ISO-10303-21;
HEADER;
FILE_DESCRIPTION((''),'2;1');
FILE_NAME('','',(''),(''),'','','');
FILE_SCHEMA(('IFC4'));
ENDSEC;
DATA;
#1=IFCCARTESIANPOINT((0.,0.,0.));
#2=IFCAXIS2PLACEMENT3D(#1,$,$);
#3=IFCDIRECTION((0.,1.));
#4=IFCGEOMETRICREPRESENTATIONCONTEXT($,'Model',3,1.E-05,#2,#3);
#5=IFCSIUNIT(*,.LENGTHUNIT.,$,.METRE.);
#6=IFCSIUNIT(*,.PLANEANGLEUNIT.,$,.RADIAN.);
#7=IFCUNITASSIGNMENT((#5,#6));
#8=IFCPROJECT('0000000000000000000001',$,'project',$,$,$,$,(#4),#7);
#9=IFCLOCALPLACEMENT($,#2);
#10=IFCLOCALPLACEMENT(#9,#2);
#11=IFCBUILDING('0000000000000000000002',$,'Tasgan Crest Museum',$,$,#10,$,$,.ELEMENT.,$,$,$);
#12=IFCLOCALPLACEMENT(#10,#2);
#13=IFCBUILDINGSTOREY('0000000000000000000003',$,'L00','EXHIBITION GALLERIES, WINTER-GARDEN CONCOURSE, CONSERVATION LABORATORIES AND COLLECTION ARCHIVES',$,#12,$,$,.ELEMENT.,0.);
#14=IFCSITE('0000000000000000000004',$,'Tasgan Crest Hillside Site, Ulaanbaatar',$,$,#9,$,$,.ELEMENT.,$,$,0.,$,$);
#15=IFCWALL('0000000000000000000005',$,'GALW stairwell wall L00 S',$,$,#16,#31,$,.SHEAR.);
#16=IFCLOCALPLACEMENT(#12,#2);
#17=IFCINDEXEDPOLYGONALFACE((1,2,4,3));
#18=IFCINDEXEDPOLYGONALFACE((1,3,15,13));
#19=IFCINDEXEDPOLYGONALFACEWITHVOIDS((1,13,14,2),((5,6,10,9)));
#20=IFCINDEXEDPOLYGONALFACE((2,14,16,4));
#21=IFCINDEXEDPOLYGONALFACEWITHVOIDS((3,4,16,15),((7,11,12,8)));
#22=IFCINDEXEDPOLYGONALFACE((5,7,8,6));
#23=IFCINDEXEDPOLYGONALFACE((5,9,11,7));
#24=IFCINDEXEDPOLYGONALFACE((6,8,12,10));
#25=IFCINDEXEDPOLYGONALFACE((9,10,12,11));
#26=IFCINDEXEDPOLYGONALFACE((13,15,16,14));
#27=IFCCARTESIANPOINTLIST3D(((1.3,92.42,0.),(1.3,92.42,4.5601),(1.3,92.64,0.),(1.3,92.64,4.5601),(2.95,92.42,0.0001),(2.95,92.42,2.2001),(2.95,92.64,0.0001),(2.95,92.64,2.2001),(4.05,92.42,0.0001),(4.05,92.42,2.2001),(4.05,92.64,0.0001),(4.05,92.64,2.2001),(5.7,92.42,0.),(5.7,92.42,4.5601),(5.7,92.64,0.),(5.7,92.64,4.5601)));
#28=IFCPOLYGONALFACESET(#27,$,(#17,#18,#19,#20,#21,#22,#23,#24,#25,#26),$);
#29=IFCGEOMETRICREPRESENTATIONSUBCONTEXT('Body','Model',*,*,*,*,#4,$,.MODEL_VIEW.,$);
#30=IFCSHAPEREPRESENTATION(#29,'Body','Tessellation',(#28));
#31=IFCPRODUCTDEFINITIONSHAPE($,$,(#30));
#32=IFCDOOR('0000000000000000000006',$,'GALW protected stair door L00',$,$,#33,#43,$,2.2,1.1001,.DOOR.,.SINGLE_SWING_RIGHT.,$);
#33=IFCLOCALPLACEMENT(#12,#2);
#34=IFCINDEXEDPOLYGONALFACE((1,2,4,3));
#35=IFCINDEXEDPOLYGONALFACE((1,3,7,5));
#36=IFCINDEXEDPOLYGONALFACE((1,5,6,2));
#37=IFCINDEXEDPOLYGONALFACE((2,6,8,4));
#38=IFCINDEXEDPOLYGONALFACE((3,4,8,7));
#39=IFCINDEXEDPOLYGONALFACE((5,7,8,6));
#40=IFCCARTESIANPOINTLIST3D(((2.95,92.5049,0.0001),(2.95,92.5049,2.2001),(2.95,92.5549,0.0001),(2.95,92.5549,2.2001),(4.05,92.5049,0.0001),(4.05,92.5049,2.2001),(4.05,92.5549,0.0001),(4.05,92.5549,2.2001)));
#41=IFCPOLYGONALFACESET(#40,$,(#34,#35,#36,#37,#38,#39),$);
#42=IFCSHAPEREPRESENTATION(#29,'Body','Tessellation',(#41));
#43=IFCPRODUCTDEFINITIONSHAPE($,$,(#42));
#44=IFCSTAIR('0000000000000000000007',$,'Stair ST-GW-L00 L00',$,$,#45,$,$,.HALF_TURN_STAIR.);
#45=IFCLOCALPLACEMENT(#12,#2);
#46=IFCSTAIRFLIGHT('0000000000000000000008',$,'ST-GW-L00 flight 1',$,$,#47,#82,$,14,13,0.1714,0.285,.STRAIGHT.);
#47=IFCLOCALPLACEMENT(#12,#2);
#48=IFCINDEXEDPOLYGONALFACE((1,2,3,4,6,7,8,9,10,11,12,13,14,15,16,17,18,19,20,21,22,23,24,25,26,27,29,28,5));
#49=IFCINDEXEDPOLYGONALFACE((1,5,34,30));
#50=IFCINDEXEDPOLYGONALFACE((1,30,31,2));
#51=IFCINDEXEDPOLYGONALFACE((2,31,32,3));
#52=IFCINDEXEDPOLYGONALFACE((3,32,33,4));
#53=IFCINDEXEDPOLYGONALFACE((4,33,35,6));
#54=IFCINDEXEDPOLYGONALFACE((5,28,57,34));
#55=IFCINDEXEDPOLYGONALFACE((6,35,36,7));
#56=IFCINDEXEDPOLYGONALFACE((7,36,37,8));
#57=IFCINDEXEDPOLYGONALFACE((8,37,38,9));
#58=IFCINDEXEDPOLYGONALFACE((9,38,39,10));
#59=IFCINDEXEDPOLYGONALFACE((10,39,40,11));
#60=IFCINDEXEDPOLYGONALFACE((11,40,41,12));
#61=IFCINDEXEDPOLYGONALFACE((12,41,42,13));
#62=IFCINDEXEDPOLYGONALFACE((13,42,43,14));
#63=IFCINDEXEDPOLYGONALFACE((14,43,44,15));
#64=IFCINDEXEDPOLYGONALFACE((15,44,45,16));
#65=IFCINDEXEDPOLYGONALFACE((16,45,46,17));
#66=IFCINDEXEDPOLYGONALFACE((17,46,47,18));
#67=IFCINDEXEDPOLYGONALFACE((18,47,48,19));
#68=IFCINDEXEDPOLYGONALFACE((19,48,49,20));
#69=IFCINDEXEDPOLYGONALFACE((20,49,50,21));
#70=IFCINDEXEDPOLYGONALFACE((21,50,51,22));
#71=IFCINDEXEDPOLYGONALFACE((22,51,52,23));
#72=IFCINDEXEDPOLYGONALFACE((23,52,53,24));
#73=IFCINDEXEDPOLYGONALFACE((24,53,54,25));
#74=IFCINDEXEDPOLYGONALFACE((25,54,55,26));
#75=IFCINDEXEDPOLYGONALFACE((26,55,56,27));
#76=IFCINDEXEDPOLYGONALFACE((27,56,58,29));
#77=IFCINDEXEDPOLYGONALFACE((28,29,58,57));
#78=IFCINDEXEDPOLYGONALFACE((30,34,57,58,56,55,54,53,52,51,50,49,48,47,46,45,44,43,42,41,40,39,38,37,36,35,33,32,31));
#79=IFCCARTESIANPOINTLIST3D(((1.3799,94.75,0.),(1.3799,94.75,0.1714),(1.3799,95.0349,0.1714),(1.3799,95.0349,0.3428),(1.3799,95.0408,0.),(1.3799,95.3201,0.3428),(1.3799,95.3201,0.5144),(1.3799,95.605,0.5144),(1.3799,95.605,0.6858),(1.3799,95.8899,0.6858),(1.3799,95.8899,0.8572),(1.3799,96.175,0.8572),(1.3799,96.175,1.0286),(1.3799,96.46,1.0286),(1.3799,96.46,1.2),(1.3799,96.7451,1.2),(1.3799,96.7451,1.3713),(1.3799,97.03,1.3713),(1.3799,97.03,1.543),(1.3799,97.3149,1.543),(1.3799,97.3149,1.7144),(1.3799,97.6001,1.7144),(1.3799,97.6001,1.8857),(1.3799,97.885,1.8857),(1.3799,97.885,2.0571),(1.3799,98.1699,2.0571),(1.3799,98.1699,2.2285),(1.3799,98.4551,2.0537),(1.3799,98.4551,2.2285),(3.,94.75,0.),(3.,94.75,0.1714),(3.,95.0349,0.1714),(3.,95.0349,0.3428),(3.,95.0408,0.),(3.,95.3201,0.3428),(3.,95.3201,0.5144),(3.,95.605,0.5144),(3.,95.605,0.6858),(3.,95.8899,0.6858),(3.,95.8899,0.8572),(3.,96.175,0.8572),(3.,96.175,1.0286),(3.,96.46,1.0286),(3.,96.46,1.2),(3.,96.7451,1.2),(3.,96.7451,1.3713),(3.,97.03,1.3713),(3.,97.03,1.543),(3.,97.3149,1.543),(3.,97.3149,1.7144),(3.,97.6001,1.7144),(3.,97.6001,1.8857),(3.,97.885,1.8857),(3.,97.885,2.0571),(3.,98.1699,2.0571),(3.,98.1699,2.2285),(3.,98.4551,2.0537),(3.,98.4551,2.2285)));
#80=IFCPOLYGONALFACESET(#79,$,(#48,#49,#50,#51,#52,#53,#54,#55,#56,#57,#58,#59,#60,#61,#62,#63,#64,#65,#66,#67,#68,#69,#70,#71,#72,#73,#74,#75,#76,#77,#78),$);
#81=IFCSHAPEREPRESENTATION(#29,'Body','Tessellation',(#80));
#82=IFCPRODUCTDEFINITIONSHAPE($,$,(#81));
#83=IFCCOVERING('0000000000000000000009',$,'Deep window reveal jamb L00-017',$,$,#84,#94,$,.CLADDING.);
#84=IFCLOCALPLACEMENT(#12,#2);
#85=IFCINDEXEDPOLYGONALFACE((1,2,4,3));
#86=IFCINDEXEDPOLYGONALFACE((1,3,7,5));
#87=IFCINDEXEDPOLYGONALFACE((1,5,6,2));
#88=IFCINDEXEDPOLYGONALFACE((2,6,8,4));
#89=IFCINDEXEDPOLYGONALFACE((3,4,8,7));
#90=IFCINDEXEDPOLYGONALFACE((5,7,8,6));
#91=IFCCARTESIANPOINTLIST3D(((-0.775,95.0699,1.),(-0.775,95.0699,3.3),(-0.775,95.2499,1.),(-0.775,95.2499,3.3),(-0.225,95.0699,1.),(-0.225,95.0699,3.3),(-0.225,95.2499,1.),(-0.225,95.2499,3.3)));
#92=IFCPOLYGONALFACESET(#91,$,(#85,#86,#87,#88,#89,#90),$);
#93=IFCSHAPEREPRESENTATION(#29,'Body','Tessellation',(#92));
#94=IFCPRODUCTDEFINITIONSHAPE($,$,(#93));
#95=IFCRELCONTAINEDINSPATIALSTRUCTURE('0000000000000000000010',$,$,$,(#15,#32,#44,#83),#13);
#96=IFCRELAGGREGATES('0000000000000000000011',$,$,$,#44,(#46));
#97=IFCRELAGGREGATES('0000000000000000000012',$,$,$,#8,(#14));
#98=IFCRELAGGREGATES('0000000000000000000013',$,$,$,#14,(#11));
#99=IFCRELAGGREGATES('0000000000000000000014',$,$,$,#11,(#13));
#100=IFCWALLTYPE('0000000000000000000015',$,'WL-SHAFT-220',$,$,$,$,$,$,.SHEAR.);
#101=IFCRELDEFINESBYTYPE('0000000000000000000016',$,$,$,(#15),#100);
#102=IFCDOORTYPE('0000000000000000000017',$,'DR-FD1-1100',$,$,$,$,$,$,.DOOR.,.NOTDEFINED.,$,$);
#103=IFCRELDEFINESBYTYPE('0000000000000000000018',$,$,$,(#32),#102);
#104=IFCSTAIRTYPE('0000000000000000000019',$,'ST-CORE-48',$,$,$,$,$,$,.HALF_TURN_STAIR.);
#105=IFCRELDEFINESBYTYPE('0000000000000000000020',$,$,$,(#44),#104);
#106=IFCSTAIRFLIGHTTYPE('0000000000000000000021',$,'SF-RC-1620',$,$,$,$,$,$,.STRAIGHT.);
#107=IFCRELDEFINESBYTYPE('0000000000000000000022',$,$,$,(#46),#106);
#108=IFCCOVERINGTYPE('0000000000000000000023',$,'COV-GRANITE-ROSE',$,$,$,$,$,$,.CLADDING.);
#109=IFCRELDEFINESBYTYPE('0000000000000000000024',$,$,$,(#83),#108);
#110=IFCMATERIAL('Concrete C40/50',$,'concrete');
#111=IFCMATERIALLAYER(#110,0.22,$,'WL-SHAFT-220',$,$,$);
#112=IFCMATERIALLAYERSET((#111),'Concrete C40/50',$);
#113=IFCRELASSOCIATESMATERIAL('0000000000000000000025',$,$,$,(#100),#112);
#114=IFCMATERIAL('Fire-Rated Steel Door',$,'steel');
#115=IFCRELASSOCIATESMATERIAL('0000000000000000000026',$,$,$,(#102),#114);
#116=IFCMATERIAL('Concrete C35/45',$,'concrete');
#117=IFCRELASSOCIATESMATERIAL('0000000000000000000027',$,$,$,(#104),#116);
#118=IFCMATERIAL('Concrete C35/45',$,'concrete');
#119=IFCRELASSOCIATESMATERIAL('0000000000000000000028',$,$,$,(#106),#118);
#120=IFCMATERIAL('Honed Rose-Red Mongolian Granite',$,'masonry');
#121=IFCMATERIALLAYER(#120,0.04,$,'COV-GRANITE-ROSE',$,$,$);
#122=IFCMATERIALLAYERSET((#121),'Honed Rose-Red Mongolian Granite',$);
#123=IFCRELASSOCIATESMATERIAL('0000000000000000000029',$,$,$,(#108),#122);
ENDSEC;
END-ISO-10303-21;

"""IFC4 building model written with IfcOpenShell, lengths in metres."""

from ifc_helpers import new_model, si_unit, direction, frame, frame_2d, origin, origin_2d, place, context, subcontext, project, spatial, polyline, rectangle, outline, extrude, material, layer, layer_set, type_object, element, fill, aggregate, save


model = new_model("IFC4")

# Units and contexts
model_context = context("Model", 3, precision=1e-05, world=origin(), true_north=direction((0.0, 1.0)))
body_context = subcontext(model_context, "Body", "Model", "MODEL_VIEW")
ifc_project = project(units=[si_unit("LENGTHUNIT", "METRE"), si_unit("PLANEANGLEUNIT", "RADIAN")], contexts=[model_context])

# Site, building, storey
site_placement = place(None, origin())
site = spatial("IfcSite", under=ifc_project, at=site_placement, Name="Tasgan Crest Hillside Site, Ulaanbaatar", CompositionType="ELEMENT", RefElevation=0.0)
building_placement = place(site_placement, origin())
building = spatial("IfcBuilding", under=site, at=building_placement, Name="Tasgan Crest Museum", CompositionType="ELEMENT")
storey_placement = place(building_placement, origin())
storey = spatial("IfcBuildingStorey", under=building, at=storey_placement, Name="L00", Description="EXHIBITION GALLERIES, WINTER-GARDEN CONCOURSE, CONSERVATION LABORATORIES AND COLLECTION ARCHIVES", CompositionType="ELEMENT", Elevation=0.0)

# Shared definitions
ifc_material_1 = material(Name="Concrete C40/50", Category="concrete")
ifc_layer_1 = layer(ifc_material_1, 0.22, Name="WL-SHAFT-220")
ifc_layer_set_1 = layer_set([ifc_layer_1], Name="Concrete C40/50")
wall_type_1 = type_object("IfcWallType", Name="WL-SHAFT-220", PredefinedType="SHEAR", material=ifc_layer_set_1)

# Wall, opening, door
ifc_material_2 = material(Name="Fire-Rated Steel Door", Category="steel")
door_type_1 = type_object("IfcDoorType", Name="DR-FD1-1100", OperationType="NOTDEFINED", PredefinedType="DOOR", material=ifc_material_2)
wall_1_placement = place(storey_placement, frame((1.3, 92.53, 0.0), z_axis=(0.0, 0.0, 1.0), x_axis=(1.0, 0.0, 0.0)))
wall_1 = element("IfcWall", 1, at=wall_1_placement, inside=storey, type_object=wall_type_1, Name="GALW stairwell wall L00 S", PredefinedType="SHEAR", context=body_context, shape_type="SweptSolid", body=[
    extrude(rectangle(XDim=4.3999, YDim=0.22, at=frame_2d((2.2, 0.0))), origin(), (0.0, 0.0, 1.0), 4.5601),
])
opening_1_placement = place(wall_1_placement, frame((1.6499, 0.0, 0.0)))
opening_1 = element("IfcOpeningElement", 2, at=opening_1_placement, cuts=wall_1, PredefinedType="OPENING", context=body_context, shape_type="SweptSolid", body=[
    extrude(rectangle(XDim=1.1001, YDim=2.2, at=frame_2d((0.55, 1.1001))), frame((0.0, 0.1199, 0.0), z_axis=(0.0, -1.0, 0.0), x_axis=(1.0, 0.0, 0.0)), (0.0, 0.0, 1.0), 0.24),
])
door_1_placement = place(opening_1_placement, origin())
door_1 = element("IfcDoor", 3, at=door_1_placement, inside=storey, type_object=door_type_1, Name="GALW protected stair door L00", OperationType="SINGLE_SWING_RIGHT", OverallHeight=2.2, OverallWidth=1.1001, PredefinedType="DOOR", context=body_context, shape_type="SweptSolid", body=[
    extrude(rectangle(XDim=1.1001, YDim=2.2, at=frame_2d((0.55, 1.1001))), frame((0.0, 0.0249, 0.0), z_axis=(0.0, -1.0, 0.0), x_axis=(1.0, 0.0, 0.0)), (0.0, 0.0, 1.0), 0.05),
])
fill(opening_1, door_1)

# Stair, stair flight
ifc_material_3 = material(Name="Concrete C35/45", Category="concrete")
stair_type = type_object("IfcStairType", Name="ST-CORE-48", PredefinedType="HALF_TURN_STAIR", material=ifc_material_3)
stair_placement = place(storey_placement, origin())
stair = element("IfcStair", 4, at=stair_placement, inside=storey, type_object=stair_type, Name="Stair ST-GW-L00 L00", PredefinedType="HALF_TURN_STAIR")
ifc_material_4 = material(Name="Concrete C35/45", Category="concrete")
stair_flight_type = type_object("IfcStairFlightType", Name="SF-RC-1620", PredefinedType="STRAIGHT", material=ifc_material_4)
stair_flight_placement = place(storey_placement, frame((2.1899, 94.75, 0.0), z_axis=(0.0, 0.0, 1.0), x_axis=(0.0, 1.0, 0.0)))
stair_flight = element("IfcStairFlight", 5, at=stair_flight_placement, type_object=stair_flight_type, Name="ST-GW-L00 flight 1", NumberOfRisers=14, NumberOfTreads=13, PredefinedType="STRAIGHT", RiserHeight=0.1714, TreadLength=0.285, context=body_context, shape_type="SweptSolid", body=[
    extrude(outline(polyline([(0.0, 0.0), (0.0, 0.1714), (0.2849, 0.1714), (0.2849, 0.3428), (0.5701, 0.3428), (0.5701, 0.5144), (0.855, 0.5144), (0.855, 0.6858), (1.1399, 0.6858), (1.1399, 0.8572), (1.425, 0.8572), (1.425, 1.0286), (1.71, 1.0286), (1.71, 1.2), (1.9951, 1.2), (1.9951, 1.3713), (2.28, 1.3713), (2.28, 1.543), (2.5649, 1.543), (2.5649, 1.7144), (2.8501, 1.7144), (2.8501, 1.8857), (3.135, 1.8857), (3.135, 2.0571), (3.4199, 2.0571), (3.4199, 2.2285), (3.7051, 2.2285), (3.7051, 2.3999), (3.7051, 2.0537), (0.2908, 0.0), (0.0, 0.0)])), frame((0.0, 0.8101, 0.0), z_axis=(0.0, -1.0, 0.0), x_axis=(1.0, 0.0, 0.0)), (0.0, 0.0, 1.0), 1.6201),
])
aggregate(stair, [stair_flight])

# Covering
ifc_material_5 = material(Name="Honed Rose-Red Mongolian Granite", Category="masonry")
ifc_layer_2 = layer(ifc_material_5, 0.04, Name="COV-GRANITE-ROSE")
ifc_layer_set_2 = layer_set([ifc_layer_2], Name="Honed Rose-Red Mongolian Granite")
covering_type = type_object("IfcCoveringType", Name="COV-GRANITE-ROSE", PredefinedType="CLADDING", material=ifc_layer_set_2)
covering_placement = place(storey_placement, frame((-0.5, 95.1599, 1.0), z_axis=(0.0, 0.0, 1.0), x_axis=(0.0, -1.0, 0.0)))
element("IfcCovering", 6, at=covering_placement, inside=storey, type_object=covering_type, Name="Deep window reveal jamb L00-017", PredefinedType="CLADDING", context=body_context, shape_type="SweptSolid", body=[
    extrude(rectangle(XDim=0.1799, YDim=0.55, at=origin_2d()), origin(), (0.0, 0.0, 1.0), 2.3),
])

save(model, "model.ifc")
